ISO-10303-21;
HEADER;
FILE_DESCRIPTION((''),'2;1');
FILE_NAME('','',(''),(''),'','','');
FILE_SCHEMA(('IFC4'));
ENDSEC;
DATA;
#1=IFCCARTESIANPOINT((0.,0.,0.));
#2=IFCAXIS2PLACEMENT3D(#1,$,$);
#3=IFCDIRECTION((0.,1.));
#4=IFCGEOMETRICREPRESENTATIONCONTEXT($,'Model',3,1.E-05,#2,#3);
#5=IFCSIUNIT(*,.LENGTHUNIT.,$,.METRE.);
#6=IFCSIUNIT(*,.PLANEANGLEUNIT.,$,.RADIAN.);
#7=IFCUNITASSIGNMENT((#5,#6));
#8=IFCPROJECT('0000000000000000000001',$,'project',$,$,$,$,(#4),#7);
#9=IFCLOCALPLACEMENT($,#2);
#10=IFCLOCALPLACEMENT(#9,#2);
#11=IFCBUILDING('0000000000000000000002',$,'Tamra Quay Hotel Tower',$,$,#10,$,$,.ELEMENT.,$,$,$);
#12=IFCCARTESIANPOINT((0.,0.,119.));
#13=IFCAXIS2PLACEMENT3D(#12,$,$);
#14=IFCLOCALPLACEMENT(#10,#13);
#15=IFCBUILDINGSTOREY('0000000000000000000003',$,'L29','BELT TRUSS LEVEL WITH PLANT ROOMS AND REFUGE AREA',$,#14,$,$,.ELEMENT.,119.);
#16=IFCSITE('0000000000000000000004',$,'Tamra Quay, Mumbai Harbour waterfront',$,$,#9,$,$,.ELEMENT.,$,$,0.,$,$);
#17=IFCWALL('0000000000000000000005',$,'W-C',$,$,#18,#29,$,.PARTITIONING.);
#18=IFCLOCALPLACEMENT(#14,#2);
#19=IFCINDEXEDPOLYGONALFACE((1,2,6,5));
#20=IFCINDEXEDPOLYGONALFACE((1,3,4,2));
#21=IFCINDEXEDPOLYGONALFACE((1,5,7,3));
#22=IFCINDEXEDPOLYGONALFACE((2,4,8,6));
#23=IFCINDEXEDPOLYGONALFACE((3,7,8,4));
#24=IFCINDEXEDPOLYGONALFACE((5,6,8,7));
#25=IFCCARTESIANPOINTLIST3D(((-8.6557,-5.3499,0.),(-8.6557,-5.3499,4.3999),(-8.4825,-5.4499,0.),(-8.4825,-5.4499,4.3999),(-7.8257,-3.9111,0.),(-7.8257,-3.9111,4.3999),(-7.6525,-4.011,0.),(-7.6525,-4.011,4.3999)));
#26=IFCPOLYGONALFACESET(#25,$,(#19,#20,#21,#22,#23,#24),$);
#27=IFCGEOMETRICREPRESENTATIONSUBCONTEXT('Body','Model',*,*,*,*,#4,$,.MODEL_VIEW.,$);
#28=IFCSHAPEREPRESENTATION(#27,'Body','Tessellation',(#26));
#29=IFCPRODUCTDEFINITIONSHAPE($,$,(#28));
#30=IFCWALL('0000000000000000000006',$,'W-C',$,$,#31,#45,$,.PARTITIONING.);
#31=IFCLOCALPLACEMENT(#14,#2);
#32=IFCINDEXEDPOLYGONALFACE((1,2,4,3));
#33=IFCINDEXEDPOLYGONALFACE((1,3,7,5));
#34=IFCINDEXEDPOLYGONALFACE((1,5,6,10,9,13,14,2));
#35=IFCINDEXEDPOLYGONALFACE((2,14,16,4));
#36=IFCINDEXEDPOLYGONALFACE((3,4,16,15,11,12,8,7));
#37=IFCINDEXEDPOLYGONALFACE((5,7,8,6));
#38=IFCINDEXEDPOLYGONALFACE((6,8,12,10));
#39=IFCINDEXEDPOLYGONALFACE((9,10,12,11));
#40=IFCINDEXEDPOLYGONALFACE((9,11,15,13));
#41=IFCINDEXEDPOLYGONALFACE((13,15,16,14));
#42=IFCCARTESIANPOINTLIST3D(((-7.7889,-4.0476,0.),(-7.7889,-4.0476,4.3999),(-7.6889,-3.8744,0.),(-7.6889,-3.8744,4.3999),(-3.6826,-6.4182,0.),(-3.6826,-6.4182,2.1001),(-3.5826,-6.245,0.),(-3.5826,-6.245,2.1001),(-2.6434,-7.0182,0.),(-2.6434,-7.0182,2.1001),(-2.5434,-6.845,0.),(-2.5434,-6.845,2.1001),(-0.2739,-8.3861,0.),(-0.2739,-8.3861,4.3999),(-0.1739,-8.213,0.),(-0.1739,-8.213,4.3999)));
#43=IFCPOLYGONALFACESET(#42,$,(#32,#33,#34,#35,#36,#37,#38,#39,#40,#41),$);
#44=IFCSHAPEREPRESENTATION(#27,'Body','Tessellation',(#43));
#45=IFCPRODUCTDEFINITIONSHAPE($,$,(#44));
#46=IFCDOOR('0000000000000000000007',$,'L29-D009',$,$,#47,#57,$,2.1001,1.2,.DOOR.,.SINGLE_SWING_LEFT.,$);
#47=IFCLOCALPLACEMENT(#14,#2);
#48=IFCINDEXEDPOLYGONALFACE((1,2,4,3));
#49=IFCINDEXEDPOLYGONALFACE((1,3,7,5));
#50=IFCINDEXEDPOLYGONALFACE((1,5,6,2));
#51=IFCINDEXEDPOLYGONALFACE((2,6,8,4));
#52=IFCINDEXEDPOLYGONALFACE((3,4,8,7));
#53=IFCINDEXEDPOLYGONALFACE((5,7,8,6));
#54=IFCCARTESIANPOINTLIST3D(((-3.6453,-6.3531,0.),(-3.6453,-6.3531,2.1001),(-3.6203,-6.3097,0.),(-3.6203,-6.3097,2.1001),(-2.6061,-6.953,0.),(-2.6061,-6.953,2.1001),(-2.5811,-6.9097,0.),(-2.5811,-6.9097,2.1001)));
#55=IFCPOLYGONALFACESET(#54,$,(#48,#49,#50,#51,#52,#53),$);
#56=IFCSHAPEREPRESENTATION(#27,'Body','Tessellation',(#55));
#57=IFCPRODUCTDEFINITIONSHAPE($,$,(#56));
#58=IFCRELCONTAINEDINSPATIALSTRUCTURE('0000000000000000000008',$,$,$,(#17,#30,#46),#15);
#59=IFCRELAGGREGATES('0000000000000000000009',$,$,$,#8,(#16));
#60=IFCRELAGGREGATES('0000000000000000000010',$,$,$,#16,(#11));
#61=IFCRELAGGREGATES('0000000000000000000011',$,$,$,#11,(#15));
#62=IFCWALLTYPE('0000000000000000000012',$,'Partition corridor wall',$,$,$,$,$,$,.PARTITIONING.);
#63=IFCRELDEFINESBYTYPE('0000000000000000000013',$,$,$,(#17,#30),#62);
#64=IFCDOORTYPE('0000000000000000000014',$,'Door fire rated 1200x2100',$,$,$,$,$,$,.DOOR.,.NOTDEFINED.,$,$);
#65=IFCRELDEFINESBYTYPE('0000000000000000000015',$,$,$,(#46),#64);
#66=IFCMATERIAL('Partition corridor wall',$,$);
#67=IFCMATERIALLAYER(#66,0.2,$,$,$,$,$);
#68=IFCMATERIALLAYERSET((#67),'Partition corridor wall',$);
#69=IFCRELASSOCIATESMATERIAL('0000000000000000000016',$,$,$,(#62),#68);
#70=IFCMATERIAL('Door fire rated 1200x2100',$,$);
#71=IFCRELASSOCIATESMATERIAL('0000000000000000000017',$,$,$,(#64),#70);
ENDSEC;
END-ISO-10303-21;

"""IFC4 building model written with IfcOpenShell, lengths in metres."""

from ifc_helpers import new_model, si_unit, direction, frame, frame_2d, origin, place, context, subcontext, project, spatial, rectangle, extrude, material, layer, layer_set, type_object, element, fill, save


model = new_model("IFC4")

# Units and contexts
model_context = context("Model", 3, precision=1e-05, world=origin(), true_north=direction((0.0, 1.0)))
body_context = subcontext(model_context, "Body", "Model", "MODEL_VIEW")
ifc_project = project(units=[si_unit("LENGTHUNIT", "METRE"), si_unit("PLANEANGLEUNIT", "RADIAN")], contexts=[model_context])

# Site, building, storey
site_placement = place(None, origin())
site = spatial("IfcSite", under=ifc_project, at=site_placement, Name="Tamra Quay, Mumbai Harbour waterfront", CompositionType="ELEMENT", RefElevation=0.0)
building_placement = place(site_placement, origin())
building = spatial("IfcBuilding", under=site, at=building_placement, Name="Tamra Quay Hotel Tower", CompositionType="ELEMENT")
storey_placement = place(building_placement, frame((0.0, 0.0, 119.0)))
storey = spatial("IfcBuildingStorey", under=building, at=storey_placement, Name="L29", Description="BELT TRUSS LEVEL WITH PLANT ROOMS AND REFUGE AREA", CompositionType="ELEMENT", Elevation=119.0)

# Wall
ifc_material_1 = material(Name="Partition corridor wall")
ifc_layer_1 = layer(ifc_material_1, 0.2)
ifc_layer_set_1 = layer_set([ifc_layer_1], Name="Partition corridor wall")
wall_type_1 = type_object("IfcWallType", Name="Partition corridor wall", PredefinedType="PARTITIONING", material=ifc_layer_set_1)
wall_1_placement = place(storey_placement, frame((-8.5691, -5.3999, 0.0), z_axis=(0.0, 0.0, 1.0), x_axis=(0.49968, 0.86621, 0.0)))
element("IfcWall", 1, at=wall_1_placement, inside=storey, type_object=wall_type_1, Name="W-C", PredefinedType="PARTITIONING", context=body_context, shape_type="SweptSolid", body=[
    extrude(rectangle(XDim=1.6611, YDim=0.2, at=frame_2d((0.8306, 0.0))), origin(), (0.0, 0.0, 1.0), 4.3999),
])

# Wall, opening, door
wall_2_placement = place(storey_placement, frame((-7.739, -3.9609, 0.0), z_axis=(0.0, 0.0, 1.0), x_axis=(0.866038, -0.499979, 0.0)))
wall_2 = element("IfcWall", 2, at=wall_2_placement, inside=storey, type_object=wall_type_1, Name="W-C", PredefinedType="PARTITIONING", context=body_context, shape_type="SweptSolid", body=[
    extrude(rectangle(XDim=8.6775, YDim=0.2, at=frame_2d((4.3389, 0.0))), origin(), (0.0, 0.0, 1.0), 4.3999),
])
opening_1_placement = place(wall_2_placement, frame((4.7415, 0.0, 0.0)))
opening_1 = element("IfcOpeningElement", 3, at=opening_1_placement, cuts=wall_2, PredefinedType="OPENING", context=body_context, shape_type="SweptSolid", body=[
    extrude(rectangle(XDim=1.2, YDim=2.1001, at=frame_2d((0.6001, 1.05))), frame((0.0, 0.1099, 0.0), z_axis=(0.0, -1.0, 0.0), x_axis=(1.0, 0.0, 0.0)), (0.0, 0.0, 1.0), 0.22),
])
ifc_material_2 = material(Name="Door fire rated 1200x2100")
door_type_1 = type_object("IfcDoorType", Name="Door fire rated 1200x2100", OperationType="NOTDEFINED", PredefinedType="DOOR", material=ifc_material_2)
door_1_placement = place(opening_1_placement, frame((1.2, 0.0, 0.0), z_axis=(0.0, 0.0, 1.0), x_axis=(-1.0, 0.0, 0.0)))
door_1 = element("IfcDoor", 4, at=door_1_placement, inside=storey, type_object=door_type_1, Name="L29-D009", OperationType="SINGLE_SWING_LEFT", OverallHeight=2.1001, OverallWidth=1.2, PredefinedType="DOOR", context=body_context, shape_type="SweptSolid", body=[
    extrude(rectangle(XDim=1.2, YDim=2.1001, at=frame_2d((0.6001, 1.05))), frame((0.0, 0.0249, 0.0), z_axis=(0.0, -1.0, 0.0), x_axis=(1.0, 0.0, 0.0)), (0.0, 0.0, 1.0), 0.05),
])
fill(opening_1, door_1)

save(model, "model.ifc")
